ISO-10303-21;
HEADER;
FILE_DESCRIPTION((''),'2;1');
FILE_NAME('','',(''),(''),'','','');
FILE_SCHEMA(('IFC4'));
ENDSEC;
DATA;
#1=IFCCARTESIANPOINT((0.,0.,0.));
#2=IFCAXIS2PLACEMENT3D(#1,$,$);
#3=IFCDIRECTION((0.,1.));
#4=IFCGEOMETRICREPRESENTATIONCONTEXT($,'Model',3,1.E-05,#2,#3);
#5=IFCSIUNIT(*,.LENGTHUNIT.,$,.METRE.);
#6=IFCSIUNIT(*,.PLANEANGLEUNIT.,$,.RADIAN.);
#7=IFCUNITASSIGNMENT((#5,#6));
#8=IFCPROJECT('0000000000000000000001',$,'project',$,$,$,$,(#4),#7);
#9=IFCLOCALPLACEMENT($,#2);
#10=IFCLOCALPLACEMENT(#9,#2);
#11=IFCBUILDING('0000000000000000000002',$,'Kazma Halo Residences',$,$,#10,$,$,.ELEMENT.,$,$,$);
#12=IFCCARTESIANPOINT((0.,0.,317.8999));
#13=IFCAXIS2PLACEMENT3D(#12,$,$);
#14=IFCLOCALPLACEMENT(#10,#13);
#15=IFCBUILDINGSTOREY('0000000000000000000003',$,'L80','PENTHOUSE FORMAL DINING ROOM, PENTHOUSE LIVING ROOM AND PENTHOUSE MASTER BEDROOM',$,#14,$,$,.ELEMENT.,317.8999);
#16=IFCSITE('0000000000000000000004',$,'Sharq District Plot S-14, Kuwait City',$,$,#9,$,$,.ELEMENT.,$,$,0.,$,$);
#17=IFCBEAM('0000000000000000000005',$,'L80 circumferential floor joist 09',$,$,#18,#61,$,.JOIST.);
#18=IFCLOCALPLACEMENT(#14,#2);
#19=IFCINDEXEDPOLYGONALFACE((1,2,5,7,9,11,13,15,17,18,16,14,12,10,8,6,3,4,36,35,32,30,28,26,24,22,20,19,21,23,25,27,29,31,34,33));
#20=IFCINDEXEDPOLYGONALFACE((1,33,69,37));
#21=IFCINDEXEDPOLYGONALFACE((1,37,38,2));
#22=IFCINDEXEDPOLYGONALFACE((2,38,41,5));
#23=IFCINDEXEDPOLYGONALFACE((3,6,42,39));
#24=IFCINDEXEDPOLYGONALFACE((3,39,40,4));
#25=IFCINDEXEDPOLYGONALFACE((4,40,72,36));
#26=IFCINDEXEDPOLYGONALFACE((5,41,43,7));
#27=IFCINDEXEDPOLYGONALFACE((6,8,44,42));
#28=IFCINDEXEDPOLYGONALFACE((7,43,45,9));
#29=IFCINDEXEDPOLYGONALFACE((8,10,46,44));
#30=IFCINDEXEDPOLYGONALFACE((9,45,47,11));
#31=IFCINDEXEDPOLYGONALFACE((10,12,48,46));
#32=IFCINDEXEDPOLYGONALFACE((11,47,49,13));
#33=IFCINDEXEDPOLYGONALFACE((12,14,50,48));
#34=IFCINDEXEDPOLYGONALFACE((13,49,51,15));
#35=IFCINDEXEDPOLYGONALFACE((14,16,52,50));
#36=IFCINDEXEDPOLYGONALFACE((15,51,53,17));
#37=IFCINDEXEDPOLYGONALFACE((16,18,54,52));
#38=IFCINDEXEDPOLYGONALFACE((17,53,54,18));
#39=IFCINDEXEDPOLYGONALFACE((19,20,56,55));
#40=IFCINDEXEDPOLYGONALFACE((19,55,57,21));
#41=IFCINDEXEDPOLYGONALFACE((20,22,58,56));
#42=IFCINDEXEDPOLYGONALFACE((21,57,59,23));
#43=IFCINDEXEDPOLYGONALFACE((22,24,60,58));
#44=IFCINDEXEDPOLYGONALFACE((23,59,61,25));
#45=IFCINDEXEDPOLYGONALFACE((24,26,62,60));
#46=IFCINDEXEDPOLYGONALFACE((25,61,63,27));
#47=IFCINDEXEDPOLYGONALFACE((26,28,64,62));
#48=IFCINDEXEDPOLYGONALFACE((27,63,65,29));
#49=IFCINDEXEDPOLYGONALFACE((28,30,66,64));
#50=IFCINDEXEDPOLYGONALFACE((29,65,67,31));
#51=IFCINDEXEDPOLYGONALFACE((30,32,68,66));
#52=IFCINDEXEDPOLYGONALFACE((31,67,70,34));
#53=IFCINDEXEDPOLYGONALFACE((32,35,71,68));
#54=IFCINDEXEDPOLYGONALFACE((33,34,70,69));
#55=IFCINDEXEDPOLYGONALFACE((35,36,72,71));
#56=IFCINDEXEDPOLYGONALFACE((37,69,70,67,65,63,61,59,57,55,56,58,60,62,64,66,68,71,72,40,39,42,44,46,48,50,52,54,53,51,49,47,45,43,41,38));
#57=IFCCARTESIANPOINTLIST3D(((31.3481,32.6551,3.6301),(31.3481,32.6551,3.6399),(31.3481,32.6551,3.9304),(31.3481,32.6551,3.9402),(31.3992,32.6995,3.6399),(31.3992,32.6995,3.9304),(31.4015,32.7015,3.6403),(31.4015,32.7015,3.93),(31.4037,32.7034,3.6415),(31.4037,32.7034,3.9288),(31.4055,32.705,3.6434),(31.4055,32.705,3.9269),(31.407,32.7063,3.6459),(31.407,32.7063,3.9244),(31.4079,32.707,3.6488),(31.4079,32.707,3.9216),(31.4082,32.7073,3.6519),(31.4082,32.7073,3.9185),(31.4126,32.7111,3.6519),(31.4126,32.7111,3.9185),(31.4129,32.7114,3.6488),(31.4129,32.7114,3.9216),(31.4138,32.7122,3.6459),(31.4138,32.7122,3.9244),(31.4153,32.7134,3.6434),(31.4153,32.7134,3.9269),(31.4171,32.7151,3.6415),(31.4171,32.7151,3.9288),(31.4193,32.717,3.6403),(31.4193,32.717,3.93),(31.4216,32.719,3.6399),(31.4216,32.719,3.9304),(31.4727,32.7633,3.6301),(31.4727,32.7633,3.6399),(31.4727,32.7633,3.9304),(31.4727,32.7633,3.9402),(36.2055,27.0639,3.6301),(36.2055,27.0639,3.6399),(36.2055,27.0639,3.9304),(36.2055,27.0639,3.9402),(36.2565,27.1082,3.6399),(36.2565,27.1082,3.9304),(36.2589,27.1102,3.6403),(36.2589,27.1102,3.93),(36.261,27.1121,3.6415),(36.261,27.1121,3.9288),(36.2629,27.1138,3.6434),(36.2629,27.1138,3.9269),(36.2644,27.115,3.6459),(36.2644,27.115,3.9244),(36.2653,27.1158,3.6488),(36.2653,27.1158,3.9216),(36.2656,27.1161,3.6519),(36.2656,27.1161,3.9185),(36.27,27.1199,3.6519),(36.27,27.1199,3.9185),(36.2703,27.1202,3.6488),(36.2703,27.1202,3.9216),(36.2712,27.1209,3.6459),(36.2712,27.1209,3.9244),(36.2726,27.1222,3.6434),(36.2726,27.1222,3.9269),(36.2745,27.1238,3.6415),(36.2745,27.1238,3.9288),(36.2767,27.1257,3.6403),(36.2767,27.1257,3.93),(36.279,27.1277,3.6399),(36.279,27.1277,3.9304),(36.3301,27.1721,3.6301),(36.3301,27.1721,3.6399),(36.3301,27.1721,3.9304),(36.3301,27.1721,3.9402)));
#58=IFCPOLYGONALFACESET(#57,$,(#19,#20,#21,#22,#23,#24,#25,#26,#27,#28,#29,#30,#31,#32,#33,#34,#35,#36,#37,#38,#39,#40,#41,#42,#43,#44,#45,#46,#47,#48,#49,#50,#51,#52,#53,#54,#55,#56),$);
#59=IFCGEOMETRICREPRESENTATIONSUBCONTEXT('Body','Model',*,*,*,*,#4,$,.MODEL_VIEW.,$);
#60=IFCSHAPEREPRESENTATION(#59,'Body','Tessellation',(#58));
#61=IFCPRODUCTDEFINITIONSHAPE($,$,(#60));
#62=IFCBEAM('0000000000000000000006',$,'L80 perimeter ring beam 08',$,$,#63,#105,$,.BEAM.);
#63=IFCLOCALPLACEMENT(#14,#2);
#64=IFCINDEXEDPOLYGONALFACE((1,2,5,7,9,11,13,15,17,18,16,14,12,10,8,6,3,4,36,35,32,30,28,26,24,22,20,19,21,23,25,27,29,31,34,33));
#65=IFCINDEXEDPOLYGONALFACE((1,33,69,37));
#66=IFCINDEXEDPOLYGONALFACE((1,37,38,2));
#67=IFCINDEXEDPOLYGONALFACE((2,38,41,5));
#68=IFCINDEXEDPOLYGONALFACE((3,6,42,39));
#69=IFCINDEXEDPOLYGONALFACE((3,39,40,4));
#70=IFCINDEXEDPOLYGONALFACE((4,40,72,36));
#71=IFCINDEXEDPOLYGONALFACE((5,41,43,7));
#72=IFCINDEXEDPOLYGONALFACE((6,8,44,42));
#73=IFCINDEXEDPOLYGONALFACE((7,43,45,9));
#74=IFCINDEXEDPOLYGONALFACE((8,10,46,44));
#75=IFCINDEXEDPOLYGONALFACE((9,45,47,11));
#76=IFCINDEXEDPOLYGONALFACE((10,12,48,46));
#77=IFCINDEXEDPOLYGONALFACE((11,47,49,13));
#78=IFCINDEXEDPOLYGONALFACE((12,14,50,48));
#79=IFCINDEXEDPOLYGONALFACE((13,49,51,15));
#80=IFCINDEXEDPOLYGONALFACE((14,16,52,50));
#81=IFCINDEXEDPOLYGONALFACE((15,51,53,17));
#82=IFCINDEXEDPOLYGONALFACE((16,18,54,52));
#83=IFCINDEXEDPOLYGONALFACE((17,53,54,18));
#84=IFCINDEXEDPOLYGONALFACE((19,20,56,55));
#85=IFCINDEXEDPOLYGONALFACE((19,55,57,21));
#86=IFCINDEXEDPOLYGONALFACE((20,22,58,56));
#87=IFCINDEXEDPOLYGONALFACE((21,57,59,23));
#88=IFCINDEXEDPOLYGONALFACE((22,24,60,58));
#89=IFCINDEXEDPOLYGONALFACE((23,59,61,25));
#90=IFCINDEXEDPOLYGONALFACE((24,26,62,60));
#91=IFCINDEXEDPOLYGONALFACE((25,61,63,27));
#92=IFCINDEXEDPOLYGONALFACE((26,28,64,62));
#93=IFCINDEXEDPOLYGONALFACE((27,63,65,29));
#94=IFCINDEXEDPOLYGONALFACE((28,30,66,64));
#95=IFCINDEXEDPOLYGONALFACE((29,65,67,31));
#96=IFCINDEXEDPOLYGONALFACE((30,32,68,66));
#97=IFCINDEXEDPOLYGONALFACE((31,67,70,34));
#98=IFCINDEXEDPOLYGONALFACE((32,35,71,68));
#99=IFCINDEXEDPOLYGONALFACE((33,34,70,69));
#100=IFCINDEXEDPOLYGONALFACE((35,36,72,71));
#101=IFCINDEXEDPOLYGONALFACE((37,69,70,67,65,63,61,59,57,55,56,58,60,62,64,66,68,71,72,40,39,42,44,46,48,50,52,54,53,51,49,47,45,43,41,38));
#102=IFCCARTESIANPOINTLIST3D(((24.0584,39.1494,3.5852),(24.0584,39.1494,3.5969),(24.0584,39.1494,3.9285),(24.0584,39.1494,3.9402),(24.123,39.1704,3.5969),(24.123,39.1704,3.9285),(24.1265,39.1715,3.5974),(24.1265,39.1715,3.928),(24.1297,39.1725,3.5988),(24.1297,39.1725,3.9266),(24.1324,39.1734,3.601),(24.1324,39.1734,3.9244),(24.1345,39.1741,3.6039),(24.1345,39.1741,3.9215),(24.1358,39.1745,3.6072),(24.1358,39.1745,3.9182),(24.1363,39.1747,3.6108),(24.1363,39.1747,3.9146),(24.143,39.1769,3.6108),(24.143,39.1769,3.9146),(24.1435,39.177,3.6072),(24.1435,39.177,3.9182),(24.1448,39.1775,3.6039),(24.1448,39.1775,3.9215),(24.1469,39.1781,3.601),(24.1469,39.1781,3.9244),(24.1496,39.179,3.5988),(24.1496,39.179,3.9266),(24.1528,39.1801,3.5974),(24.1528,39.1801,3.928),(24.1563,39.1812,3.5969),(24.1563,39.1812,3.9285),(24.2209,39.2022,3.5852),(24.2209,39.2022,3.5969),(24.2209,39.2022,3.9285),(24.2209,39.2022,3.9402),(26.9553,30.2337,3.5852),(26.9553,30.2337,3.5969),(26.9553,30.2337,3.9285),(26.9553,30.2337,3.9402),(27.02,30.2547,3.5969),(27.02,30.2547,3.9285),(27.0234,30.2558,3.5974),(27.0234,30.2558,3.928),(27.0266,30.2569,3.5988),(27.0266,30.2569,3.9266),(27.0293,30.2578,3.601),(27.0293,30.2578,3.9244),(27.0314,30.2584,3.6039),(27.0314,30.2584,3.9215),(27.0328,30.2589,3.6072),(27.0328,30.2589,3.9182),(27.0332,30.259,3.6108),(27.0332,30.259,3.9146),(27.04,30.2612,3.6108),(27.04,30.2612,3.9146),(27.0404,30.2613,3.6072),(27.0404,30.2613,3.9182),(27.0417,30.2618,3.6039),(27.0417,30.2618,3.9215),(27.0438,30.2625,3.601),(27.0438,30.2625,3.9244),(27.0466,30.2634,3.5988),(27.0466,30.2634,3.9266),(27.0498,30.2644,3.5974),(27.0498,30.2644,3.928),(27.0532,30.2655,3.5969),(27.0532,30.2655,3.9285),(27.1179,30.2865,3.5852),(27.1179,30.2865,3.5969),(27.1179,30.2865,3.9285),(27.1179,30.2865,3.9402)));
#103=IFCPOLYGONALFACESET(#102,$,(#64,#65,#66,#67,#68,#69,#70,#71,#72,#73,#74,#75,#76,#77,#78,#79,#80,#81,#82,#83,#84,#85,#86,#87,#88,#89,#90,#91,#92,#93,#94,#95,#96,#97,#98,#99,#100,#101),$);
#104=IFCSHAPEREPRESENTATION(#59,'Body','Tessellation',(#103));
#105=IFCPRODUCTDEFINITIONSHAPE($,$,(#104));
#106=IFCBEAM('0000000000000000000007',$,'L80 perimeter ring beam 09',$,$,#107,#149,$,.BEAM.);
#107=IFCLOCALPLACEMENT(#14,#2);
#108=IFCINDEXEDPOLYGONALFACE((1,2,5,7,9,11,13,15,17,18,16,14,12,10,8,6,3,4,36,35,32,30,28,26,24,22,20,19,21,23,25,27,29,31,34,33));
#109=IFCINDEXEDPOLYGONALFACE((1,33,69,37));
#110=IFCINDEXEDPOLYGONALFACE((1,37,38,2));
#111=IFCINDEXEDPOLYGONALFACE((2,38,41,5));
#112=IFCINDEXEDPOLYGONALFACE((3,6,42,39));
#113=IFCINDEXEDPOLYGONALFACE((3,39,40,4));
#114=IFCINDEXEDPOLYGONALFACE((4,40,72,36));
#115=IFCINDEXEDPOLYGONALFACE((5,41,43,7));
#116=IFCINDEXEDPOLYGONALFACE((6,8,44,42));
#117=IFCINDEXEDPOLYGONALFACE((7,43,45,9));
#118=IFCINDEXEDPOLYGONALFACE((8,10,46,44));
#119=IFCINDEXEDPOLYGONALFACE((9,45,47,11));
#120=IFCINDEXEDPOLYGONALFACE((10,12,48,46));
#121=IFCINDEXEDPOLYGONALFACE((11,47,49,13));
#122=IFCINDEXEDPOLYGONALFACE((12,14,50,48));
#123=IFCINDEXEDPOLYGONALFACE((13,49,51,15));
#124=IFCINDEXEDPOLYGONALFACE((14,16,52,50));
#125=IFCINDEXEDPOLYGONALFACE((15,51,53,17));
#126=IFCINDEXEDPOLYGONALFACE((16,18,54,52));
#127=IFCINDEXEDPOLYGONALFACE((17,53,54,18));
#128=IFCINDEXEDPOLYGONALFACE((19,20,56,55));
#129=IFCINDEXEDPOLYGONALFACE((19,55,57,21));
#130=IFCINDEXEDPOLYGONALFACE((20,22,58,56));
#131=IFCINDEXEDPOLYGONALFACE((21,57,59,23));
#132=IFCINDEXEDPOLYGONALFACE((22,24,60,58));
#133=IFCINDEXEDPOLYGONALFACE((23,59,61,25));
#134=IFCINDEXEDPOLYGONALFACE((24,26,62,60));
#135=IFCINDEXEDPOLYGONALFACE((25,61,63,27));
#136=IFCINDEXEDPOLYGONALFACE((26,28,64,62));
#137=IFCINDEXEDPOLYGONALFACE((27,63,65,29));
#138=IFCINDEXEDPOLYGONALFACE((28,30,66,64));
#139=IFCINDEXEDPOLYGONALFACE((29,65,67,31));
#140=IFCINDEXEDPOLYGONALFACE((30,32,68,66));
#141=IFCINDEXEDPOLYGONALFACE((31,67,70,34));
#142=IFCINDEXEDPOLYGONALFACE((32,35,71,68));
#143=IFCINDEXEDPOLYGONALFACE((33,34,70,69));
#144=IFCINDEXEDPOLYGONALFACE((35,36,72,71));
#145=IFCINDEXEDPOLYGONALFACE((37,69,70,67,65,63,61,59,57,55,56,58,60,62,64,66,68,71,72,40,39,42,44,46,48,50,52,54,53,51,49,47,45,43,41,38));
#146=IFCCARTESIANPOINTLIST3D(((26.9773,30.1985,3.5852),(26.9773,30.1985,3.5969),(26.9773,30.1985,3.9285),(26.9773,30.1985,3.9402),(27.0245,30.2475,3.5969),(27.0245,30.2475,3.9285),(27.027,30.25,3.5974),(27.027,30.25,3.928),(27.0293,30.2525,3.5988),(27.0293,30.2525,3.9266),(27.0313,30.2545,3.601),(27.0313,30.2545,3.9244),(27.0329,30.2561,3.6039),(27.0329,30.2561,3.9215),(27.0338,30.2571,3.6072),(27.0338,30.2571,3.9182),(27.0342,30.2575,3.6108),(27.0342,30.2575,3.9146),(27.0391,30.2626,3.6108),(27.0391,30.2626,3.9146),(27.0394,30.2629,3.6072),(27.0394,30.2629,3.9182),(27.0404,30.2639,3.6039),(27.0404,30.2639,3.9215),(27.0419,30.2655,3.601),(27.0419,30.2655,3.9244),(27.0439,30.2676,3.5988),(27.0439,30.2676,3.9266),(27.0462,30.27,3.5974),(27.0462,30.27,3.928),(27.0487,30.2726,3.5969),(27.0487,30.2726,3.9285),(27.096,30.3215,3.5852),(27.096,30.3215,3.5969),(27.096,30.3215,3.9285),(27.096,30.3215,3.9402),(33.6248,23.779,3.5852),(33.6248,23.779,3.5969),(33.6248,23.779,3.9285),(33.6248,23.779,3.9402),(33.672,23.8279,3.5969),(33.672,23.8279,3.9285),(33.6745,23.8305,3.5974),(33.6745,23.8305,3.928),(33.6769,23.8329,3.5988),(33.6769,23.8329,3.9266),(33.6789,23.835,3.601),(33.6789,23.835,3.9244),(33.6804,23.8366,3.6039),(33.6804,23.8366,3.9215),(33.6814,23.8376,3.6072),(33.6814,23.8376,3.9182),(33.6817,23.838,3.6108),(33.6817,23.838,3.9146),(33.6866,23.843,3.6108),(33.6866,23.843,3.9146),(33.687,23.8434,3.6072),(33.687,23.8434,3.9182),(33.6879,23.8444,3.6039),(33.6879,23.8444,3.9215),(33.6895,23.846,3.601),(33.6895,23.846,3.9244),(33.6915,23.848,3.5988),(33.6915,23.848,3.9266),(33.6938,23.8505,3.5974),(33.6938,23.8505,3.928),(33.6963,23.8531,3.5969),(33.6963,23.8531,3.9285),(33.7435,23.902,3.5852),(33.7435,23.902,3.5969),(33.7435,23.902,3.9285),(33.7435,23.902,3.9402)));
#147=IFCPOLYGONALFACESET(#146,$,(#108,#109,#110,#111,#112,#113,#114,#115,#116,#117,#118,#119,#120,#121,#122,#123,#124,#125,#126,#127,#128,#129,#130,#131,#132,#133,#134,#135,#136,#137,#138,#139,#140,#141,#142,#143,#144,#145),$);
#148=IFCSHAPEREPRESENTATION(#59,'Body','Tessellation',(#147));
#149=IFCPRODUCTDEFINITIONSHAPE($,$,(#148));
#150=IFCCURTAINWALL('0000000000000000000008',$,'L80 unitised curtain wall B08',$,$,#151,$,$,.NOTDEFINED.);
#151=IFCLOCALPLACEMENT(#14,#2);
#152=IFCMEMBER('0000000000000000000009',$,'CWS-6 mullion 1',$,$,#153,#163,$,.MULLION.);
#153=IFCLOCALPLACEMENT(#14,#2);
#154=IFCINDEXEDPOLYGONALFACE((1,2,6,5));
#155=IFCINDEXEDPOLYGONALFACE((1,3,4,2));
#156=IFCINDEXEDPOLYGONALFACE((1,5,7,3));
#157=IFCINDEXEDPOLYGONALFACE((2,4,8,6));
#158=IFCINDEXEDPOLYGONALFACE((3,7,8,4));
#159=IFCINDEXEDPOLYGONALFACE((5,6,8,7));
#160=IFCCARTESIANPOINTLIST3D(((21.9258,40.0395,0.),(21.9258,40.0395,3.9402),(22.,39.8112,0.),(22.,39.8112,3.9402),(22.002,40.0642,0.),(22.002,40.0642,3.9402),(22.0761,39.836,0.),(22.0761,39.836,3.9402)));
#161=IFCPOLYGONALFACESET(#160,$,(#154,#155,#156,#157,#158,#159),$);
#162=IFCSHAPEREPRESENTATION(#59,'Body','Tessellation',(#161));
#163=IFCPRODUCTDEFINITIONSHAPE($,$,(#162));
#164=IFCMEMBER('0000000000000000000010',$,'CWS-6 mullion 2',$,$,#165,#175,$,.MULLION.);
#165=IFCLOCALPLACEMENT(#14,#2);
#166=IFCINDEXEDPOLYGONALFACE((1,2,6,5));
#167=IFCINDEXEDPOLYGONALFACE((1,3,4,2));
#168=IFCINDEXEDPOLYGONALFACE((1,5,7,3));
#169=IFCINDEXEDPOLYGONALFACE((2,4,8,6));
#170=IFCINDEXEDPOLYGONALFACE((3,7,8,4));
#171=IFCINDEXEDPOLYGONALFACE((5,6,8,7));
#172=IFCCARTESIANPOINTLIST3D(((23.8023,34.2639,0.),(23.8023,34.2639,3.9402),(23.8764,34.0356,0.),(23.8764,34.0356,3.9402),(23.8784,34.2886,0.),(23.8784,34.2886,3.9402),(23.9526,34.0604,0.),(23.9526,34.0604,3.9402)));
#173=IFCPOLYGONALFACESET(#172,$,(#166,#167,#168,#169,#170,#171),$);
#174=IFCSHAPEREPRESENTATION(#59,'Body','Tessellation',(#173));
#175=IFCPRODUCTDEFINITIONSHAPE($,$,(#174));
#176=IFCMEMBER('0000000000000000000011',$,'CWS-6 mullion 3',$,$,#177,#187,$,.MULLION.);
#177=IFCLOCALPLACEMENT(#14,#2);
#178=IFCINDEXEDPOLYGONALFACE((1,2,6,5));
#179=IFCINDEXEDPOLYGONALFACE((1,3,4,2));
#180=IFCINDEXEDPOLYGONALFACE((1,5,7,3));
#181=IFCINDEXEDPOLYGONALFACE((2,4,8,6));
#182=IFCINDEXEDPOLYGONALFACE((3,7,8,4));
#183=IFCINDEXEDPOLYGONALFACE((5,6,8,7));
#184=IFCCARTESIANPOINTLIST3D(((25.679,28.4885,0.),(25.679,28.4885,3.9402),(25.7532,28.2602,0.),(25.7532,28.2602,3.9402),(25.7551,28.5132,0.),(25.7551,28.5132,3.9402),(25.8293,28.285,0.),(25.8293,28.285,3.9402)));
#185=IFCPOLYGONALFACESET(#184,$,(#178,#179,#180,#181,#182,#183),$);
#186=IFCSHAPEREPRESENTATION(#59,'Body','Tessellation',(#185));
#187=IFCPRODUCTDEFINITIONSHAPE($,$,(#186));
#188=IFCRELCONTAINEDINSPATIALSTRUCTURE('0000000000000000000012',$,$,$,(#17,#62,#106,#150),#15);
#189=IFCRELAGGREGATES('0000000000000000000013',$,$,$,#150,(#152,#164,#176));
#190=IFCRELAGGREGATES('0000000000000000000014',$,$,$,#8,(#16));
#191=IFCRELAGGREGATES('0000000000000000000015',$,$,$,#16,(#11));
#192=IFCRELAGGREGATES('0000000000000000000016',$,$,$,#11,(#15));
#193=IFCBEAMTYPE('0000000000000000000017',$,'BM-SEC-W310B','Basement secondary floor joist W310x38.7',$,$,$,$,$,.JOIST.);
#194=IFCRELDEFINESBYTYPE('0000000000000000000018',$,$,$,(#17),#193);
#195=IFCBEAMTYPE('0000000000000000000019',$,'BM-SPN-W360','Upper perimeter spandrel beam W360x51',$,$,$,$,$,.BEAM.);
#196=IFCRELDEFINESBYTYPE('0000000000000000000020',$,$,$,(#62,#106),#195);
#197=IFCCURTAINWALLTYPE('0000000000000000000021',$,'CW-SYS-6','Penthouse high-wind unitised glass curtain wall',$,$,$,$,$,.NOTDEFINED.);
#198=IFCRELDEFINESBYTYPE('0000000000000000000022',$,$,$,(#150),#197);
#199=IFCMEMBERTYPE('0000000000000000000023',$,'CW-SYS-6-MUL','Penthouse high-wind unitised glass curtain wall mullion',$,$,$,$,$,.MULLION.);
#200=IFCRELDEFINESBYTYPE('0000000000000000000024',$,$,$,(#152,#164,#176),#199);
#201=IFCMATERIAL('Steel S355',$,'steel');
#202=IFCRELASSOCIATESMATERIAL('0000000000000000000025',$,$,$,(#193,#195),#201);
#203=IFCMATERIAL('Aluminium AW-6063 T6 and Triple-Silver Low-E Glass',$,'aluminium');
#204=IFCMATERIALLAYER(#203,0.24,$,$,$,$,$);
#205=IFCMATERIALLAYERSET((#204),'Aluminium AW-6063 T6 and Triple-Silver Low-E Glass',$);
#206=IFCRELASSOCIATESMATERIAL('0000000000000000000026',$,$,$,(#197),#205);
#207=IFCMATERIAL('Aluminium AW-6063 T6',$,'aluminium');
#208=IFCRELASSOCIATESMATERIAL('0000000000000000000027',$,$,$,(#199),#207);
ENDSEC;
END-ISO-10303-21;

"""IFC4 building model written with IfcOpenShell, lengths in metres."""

from ifc_helpers import new_model, si_unit, direction, frame, origin, origin_2d, place, context, subcontext, project, spatial, rectangle, i_section, extrude, material, layer, layer_set, material_profile, profile_set, type_object, element, aggregate, save


model = new_model("IFC4")

# Units and contexts
model_context = context("Model", 3, precision=1e-05, world=origin(), true_north=direction((0.0, 1.0)))
body_context = subcontext(model_context, "Body", "Model", "MODEL_VIEW")
ifc_project = project(units=[si_unit("LENGTHUNIT", "METRE"), si_unit("PLANEANGLEUNIT", "RADIAN")], contexts=[model_context])

# Site, building, storey
site_placement = place(None, origin())
site = spatial("IfcSite", under=ifc_project, at=site_placement, Name="Sharq District Plot S-14, Kuwait City", CompositionType="ELEMENT", RefElevation=0.0)
building_placement = place(site_placement, origin())
building = spatial("IfcBuilding", under=site, at=building_placement, Name="Kazma Halo Residences", CompositionType="ELEMENT")
storey_placement = place(building_placement, frame((0.0, 0.0, 317.8999)))
storey = spatial("IfcBuildingStorey", under=building, at=storey_placement, Name="L80", Description="PENTHOUSE FORMAL DINING ROOM, PENTHOUSE LIVING ROOM AND PENTHOUSE MASTER BEDROOM", CompositionType="ELEMENT", Elevation=317.8999)

# Beams
ifc_material_1 = material(Name="Steel S355", Category="steel")
ifc_material_profile_1 = material_profile(ifc_material_1, i_section(OverallWidth=0.165, OverallDepth=0.3101, WebThickness=0.0059, FlangeThickness=0.0098, FilletRadius=0.012, at=origin_2d()), Name="W310x38.7")
ifc_profile_set_1 = profile_set([ifc_material_profile_1], Name="Steel S355")
beam_type_1 = type_object("IfcBeamType", Name="BM-SEC-W310B", Description="Basement secondary floor joist W310x38.7", PredefinedType="JOIST", material=ifc_profile_set_1)
beam_1_placement = place(storey_placement, frame((31.4104, 32.7092, 3.7852), z_axis=(0.655826, -0.754912, 0.0), x_axis=(0.754912, 0.655826, 0.0)))
element("IfcBeam", 1, at=beam_1_placement, inside=storey, type_object=beam_type_1, Name="L80 circumferential floor joist 09", PredefinedType="JOIST", context=body_context, shape_type="SweptSolid", body=[
    extrude(i_section(OverallWidth=0.165, OverallDepth=0.3101, WebThickness=0.0059, FlangeThickness=0.0098, FilletRadius=0.012, at=origin_2d()), origin(), (0.0, 0.0, 1.0), 7.4065),
])
ifc_material_profile_2 = material_profile(ifc_material_1, i_section(OverallWidth=0.1709, OverallDepth=0.355, WebThickness=0.0071, FlangeThickness=0.0117, FilletRadius=0.0139, at=origin_2d()), Name="W360x51")
ifc_profile_set_2 = profile_set([ifc_material_profile_2], Name="Steel S355")
beam_type_2 = type_object("IfcBeamType", Name="BM-SPN-W360", Description="Upper perimeter spandrel beam W360x51", PredefinedType="BEAM", material=ifc_profile_set_2)
beam_2_placement = place(storey_placement, frame((24.1396, 39.1758, 3.7627), z_axis=(0.309023, -0.951055, 0.0), x_axis=(0.951055, 0.309023, 0.0)))
element("IfcBeam", 2, at=beam_2_placement, inside=storey, type_object=beam_type_2, Name="L80 perimeter ring beam 08", PredefinedType="BEAM", context=body_context, shape_type="SweptSolid", body=[
    extrude(i_section(OverallWidth=0.1709, OverallDepth=0.355, WebThickness=0.0071, FlangeThickness=0.0117, FilletRadius=0.0139, at=origin_2d()), origin(), (0.0, 0.0, 1.0), 9.3745),
])
beam_3_placement = place(storey_placement, frame((27.0366, 30.26, 3.7627), z_axis=(0.719337, -0.694661, 0.0), x_axis=(0.694661, 0.719337, 0.0)))
element("IfcBeam", 3, at=beam_3_placement, inside=storey, type_object=beam_type_2, Name="L80 perimeter ring beam 09", PredefinedType="BEAM", context=body_context, shape_type="SweptSolid", body=[
    extrude(i_section(OverallWidth=0.1709, OverallDepth=0.355, WebThickness=0.0071, FlangeThickness=0.0117, FilletRadius=0.0139, at=origin_2d()), origin(), (0.0, 0.0, 1.0), 9.2412),
])

# Curtain wall, members
ifc_material_2 = material(Name="Aluminium AW-6063 T6 and Triple-Silver Low-E Glass", Category="aluminium")
ifc_layer_1 = layer(ifc_material_2, 0.24)
ifc_layer_set_1 = layer_set([ifc_layer_1], Name="Aluminium AW-6063 T6 and Triple-Silver Low-E Glass")
curtain_wall_type = type_object("IfcCurtainWallType", Name="CW-SYS-6", Description="Penthouse high-wind unitised glass curtain wall", PredefinedType="NOTDEFINED", material=ifc_layer_set_1)
curtain_wall_1_placement = place(storey_placement, origin())
curtain_wall_1 = element("IfcCurtainWall", 4, at=curtain_wall_1_placement, inside=storey, type_object=curtain_wall_type, Name="L80 unitised curtain wall B08", PredefinedType="NOTDEFINED")
ifc_material_3 = material(Name="Aluminium AW-6063 T6", Category="aluminium")
ifc_material_profile_3 = material_profile(ifc_material_3, rectangle(XDim=0.0801, YDim=0.24, at=origin_2d()), Name="CWM-80x240")
ifc_profile_set_3 = profile_set([ifc_material_profile_3], Name="Aluminium AW-6063 T6")
member_type_1 = type_object("IfcMemberType", Name="CW-SYS-6-MUL", Description="Penthouse high-wind unitised glass curtain wall mullion", PredefinedType="MULLION", material=ifc_profile_set_3)
member_1_placement = place(storey_placement, frame((22.001, 39.9377, 0.0), z_axis=(0.0, 0.0, 1.0), x_axis=(0.951056, 0.309019, 0.0)))
member_1 = element("IfcMember", 5, at=member_1_placement, type_object=member_type_1, Name="CWS-6 mullion 1", PredefinedType="MULLION", context=body_context, shape_type="SweptSolid", body=[
    extrude(rectangle(XDim=0.0801, YDim=0.24, at=origin_2d()), origin(), (0.0, 0.0, 1.0), 3.9402),
])
member_2_placement = place(storey_placement, frame((23.8774, 34.1621, 0.0), z_axis=(0.0, 0.0, 1.0), x_axis=(0.951056, 0.309019, 0.0)))
member_2 = element("IfcMember", 6, at=member_2_placement, type_object=member_type_1, Name="CWS-6 mullion 2", PredefinedType="MULLION", context=body_context, shape_type="SweptSolid", body=[
    extrude(rectangle(XDim=0.0801, YDim=0.24, at=origin_2d()), origin(), (0.0, 0.0, 1.0), 3.9402),
])
member_3_placement = place(storey_placement, frame((25.7542, 28.3867, 0.0), z_axis=(0.0, 0.0, 1.0), x_axis=(0.951056, 0.309019, 0.0)))
member_3 = element("IfcMember", 7, at=member_3_placement, type_object=member_type_1, Name="CWS-6 mullion 3", PredefinedType="MULLION", context=body_context, shape_type="SweptSolid", body=[
    extrude(rectangle(XDim=0.0801, YDim=0.24, at=origin_2d()), origin(), (0.0, 0.0, 1.0), 3.9402),
])

aggregate(curtain_wall_1, [member_1, member_2, member_3])

save(model, "model.ifc")
